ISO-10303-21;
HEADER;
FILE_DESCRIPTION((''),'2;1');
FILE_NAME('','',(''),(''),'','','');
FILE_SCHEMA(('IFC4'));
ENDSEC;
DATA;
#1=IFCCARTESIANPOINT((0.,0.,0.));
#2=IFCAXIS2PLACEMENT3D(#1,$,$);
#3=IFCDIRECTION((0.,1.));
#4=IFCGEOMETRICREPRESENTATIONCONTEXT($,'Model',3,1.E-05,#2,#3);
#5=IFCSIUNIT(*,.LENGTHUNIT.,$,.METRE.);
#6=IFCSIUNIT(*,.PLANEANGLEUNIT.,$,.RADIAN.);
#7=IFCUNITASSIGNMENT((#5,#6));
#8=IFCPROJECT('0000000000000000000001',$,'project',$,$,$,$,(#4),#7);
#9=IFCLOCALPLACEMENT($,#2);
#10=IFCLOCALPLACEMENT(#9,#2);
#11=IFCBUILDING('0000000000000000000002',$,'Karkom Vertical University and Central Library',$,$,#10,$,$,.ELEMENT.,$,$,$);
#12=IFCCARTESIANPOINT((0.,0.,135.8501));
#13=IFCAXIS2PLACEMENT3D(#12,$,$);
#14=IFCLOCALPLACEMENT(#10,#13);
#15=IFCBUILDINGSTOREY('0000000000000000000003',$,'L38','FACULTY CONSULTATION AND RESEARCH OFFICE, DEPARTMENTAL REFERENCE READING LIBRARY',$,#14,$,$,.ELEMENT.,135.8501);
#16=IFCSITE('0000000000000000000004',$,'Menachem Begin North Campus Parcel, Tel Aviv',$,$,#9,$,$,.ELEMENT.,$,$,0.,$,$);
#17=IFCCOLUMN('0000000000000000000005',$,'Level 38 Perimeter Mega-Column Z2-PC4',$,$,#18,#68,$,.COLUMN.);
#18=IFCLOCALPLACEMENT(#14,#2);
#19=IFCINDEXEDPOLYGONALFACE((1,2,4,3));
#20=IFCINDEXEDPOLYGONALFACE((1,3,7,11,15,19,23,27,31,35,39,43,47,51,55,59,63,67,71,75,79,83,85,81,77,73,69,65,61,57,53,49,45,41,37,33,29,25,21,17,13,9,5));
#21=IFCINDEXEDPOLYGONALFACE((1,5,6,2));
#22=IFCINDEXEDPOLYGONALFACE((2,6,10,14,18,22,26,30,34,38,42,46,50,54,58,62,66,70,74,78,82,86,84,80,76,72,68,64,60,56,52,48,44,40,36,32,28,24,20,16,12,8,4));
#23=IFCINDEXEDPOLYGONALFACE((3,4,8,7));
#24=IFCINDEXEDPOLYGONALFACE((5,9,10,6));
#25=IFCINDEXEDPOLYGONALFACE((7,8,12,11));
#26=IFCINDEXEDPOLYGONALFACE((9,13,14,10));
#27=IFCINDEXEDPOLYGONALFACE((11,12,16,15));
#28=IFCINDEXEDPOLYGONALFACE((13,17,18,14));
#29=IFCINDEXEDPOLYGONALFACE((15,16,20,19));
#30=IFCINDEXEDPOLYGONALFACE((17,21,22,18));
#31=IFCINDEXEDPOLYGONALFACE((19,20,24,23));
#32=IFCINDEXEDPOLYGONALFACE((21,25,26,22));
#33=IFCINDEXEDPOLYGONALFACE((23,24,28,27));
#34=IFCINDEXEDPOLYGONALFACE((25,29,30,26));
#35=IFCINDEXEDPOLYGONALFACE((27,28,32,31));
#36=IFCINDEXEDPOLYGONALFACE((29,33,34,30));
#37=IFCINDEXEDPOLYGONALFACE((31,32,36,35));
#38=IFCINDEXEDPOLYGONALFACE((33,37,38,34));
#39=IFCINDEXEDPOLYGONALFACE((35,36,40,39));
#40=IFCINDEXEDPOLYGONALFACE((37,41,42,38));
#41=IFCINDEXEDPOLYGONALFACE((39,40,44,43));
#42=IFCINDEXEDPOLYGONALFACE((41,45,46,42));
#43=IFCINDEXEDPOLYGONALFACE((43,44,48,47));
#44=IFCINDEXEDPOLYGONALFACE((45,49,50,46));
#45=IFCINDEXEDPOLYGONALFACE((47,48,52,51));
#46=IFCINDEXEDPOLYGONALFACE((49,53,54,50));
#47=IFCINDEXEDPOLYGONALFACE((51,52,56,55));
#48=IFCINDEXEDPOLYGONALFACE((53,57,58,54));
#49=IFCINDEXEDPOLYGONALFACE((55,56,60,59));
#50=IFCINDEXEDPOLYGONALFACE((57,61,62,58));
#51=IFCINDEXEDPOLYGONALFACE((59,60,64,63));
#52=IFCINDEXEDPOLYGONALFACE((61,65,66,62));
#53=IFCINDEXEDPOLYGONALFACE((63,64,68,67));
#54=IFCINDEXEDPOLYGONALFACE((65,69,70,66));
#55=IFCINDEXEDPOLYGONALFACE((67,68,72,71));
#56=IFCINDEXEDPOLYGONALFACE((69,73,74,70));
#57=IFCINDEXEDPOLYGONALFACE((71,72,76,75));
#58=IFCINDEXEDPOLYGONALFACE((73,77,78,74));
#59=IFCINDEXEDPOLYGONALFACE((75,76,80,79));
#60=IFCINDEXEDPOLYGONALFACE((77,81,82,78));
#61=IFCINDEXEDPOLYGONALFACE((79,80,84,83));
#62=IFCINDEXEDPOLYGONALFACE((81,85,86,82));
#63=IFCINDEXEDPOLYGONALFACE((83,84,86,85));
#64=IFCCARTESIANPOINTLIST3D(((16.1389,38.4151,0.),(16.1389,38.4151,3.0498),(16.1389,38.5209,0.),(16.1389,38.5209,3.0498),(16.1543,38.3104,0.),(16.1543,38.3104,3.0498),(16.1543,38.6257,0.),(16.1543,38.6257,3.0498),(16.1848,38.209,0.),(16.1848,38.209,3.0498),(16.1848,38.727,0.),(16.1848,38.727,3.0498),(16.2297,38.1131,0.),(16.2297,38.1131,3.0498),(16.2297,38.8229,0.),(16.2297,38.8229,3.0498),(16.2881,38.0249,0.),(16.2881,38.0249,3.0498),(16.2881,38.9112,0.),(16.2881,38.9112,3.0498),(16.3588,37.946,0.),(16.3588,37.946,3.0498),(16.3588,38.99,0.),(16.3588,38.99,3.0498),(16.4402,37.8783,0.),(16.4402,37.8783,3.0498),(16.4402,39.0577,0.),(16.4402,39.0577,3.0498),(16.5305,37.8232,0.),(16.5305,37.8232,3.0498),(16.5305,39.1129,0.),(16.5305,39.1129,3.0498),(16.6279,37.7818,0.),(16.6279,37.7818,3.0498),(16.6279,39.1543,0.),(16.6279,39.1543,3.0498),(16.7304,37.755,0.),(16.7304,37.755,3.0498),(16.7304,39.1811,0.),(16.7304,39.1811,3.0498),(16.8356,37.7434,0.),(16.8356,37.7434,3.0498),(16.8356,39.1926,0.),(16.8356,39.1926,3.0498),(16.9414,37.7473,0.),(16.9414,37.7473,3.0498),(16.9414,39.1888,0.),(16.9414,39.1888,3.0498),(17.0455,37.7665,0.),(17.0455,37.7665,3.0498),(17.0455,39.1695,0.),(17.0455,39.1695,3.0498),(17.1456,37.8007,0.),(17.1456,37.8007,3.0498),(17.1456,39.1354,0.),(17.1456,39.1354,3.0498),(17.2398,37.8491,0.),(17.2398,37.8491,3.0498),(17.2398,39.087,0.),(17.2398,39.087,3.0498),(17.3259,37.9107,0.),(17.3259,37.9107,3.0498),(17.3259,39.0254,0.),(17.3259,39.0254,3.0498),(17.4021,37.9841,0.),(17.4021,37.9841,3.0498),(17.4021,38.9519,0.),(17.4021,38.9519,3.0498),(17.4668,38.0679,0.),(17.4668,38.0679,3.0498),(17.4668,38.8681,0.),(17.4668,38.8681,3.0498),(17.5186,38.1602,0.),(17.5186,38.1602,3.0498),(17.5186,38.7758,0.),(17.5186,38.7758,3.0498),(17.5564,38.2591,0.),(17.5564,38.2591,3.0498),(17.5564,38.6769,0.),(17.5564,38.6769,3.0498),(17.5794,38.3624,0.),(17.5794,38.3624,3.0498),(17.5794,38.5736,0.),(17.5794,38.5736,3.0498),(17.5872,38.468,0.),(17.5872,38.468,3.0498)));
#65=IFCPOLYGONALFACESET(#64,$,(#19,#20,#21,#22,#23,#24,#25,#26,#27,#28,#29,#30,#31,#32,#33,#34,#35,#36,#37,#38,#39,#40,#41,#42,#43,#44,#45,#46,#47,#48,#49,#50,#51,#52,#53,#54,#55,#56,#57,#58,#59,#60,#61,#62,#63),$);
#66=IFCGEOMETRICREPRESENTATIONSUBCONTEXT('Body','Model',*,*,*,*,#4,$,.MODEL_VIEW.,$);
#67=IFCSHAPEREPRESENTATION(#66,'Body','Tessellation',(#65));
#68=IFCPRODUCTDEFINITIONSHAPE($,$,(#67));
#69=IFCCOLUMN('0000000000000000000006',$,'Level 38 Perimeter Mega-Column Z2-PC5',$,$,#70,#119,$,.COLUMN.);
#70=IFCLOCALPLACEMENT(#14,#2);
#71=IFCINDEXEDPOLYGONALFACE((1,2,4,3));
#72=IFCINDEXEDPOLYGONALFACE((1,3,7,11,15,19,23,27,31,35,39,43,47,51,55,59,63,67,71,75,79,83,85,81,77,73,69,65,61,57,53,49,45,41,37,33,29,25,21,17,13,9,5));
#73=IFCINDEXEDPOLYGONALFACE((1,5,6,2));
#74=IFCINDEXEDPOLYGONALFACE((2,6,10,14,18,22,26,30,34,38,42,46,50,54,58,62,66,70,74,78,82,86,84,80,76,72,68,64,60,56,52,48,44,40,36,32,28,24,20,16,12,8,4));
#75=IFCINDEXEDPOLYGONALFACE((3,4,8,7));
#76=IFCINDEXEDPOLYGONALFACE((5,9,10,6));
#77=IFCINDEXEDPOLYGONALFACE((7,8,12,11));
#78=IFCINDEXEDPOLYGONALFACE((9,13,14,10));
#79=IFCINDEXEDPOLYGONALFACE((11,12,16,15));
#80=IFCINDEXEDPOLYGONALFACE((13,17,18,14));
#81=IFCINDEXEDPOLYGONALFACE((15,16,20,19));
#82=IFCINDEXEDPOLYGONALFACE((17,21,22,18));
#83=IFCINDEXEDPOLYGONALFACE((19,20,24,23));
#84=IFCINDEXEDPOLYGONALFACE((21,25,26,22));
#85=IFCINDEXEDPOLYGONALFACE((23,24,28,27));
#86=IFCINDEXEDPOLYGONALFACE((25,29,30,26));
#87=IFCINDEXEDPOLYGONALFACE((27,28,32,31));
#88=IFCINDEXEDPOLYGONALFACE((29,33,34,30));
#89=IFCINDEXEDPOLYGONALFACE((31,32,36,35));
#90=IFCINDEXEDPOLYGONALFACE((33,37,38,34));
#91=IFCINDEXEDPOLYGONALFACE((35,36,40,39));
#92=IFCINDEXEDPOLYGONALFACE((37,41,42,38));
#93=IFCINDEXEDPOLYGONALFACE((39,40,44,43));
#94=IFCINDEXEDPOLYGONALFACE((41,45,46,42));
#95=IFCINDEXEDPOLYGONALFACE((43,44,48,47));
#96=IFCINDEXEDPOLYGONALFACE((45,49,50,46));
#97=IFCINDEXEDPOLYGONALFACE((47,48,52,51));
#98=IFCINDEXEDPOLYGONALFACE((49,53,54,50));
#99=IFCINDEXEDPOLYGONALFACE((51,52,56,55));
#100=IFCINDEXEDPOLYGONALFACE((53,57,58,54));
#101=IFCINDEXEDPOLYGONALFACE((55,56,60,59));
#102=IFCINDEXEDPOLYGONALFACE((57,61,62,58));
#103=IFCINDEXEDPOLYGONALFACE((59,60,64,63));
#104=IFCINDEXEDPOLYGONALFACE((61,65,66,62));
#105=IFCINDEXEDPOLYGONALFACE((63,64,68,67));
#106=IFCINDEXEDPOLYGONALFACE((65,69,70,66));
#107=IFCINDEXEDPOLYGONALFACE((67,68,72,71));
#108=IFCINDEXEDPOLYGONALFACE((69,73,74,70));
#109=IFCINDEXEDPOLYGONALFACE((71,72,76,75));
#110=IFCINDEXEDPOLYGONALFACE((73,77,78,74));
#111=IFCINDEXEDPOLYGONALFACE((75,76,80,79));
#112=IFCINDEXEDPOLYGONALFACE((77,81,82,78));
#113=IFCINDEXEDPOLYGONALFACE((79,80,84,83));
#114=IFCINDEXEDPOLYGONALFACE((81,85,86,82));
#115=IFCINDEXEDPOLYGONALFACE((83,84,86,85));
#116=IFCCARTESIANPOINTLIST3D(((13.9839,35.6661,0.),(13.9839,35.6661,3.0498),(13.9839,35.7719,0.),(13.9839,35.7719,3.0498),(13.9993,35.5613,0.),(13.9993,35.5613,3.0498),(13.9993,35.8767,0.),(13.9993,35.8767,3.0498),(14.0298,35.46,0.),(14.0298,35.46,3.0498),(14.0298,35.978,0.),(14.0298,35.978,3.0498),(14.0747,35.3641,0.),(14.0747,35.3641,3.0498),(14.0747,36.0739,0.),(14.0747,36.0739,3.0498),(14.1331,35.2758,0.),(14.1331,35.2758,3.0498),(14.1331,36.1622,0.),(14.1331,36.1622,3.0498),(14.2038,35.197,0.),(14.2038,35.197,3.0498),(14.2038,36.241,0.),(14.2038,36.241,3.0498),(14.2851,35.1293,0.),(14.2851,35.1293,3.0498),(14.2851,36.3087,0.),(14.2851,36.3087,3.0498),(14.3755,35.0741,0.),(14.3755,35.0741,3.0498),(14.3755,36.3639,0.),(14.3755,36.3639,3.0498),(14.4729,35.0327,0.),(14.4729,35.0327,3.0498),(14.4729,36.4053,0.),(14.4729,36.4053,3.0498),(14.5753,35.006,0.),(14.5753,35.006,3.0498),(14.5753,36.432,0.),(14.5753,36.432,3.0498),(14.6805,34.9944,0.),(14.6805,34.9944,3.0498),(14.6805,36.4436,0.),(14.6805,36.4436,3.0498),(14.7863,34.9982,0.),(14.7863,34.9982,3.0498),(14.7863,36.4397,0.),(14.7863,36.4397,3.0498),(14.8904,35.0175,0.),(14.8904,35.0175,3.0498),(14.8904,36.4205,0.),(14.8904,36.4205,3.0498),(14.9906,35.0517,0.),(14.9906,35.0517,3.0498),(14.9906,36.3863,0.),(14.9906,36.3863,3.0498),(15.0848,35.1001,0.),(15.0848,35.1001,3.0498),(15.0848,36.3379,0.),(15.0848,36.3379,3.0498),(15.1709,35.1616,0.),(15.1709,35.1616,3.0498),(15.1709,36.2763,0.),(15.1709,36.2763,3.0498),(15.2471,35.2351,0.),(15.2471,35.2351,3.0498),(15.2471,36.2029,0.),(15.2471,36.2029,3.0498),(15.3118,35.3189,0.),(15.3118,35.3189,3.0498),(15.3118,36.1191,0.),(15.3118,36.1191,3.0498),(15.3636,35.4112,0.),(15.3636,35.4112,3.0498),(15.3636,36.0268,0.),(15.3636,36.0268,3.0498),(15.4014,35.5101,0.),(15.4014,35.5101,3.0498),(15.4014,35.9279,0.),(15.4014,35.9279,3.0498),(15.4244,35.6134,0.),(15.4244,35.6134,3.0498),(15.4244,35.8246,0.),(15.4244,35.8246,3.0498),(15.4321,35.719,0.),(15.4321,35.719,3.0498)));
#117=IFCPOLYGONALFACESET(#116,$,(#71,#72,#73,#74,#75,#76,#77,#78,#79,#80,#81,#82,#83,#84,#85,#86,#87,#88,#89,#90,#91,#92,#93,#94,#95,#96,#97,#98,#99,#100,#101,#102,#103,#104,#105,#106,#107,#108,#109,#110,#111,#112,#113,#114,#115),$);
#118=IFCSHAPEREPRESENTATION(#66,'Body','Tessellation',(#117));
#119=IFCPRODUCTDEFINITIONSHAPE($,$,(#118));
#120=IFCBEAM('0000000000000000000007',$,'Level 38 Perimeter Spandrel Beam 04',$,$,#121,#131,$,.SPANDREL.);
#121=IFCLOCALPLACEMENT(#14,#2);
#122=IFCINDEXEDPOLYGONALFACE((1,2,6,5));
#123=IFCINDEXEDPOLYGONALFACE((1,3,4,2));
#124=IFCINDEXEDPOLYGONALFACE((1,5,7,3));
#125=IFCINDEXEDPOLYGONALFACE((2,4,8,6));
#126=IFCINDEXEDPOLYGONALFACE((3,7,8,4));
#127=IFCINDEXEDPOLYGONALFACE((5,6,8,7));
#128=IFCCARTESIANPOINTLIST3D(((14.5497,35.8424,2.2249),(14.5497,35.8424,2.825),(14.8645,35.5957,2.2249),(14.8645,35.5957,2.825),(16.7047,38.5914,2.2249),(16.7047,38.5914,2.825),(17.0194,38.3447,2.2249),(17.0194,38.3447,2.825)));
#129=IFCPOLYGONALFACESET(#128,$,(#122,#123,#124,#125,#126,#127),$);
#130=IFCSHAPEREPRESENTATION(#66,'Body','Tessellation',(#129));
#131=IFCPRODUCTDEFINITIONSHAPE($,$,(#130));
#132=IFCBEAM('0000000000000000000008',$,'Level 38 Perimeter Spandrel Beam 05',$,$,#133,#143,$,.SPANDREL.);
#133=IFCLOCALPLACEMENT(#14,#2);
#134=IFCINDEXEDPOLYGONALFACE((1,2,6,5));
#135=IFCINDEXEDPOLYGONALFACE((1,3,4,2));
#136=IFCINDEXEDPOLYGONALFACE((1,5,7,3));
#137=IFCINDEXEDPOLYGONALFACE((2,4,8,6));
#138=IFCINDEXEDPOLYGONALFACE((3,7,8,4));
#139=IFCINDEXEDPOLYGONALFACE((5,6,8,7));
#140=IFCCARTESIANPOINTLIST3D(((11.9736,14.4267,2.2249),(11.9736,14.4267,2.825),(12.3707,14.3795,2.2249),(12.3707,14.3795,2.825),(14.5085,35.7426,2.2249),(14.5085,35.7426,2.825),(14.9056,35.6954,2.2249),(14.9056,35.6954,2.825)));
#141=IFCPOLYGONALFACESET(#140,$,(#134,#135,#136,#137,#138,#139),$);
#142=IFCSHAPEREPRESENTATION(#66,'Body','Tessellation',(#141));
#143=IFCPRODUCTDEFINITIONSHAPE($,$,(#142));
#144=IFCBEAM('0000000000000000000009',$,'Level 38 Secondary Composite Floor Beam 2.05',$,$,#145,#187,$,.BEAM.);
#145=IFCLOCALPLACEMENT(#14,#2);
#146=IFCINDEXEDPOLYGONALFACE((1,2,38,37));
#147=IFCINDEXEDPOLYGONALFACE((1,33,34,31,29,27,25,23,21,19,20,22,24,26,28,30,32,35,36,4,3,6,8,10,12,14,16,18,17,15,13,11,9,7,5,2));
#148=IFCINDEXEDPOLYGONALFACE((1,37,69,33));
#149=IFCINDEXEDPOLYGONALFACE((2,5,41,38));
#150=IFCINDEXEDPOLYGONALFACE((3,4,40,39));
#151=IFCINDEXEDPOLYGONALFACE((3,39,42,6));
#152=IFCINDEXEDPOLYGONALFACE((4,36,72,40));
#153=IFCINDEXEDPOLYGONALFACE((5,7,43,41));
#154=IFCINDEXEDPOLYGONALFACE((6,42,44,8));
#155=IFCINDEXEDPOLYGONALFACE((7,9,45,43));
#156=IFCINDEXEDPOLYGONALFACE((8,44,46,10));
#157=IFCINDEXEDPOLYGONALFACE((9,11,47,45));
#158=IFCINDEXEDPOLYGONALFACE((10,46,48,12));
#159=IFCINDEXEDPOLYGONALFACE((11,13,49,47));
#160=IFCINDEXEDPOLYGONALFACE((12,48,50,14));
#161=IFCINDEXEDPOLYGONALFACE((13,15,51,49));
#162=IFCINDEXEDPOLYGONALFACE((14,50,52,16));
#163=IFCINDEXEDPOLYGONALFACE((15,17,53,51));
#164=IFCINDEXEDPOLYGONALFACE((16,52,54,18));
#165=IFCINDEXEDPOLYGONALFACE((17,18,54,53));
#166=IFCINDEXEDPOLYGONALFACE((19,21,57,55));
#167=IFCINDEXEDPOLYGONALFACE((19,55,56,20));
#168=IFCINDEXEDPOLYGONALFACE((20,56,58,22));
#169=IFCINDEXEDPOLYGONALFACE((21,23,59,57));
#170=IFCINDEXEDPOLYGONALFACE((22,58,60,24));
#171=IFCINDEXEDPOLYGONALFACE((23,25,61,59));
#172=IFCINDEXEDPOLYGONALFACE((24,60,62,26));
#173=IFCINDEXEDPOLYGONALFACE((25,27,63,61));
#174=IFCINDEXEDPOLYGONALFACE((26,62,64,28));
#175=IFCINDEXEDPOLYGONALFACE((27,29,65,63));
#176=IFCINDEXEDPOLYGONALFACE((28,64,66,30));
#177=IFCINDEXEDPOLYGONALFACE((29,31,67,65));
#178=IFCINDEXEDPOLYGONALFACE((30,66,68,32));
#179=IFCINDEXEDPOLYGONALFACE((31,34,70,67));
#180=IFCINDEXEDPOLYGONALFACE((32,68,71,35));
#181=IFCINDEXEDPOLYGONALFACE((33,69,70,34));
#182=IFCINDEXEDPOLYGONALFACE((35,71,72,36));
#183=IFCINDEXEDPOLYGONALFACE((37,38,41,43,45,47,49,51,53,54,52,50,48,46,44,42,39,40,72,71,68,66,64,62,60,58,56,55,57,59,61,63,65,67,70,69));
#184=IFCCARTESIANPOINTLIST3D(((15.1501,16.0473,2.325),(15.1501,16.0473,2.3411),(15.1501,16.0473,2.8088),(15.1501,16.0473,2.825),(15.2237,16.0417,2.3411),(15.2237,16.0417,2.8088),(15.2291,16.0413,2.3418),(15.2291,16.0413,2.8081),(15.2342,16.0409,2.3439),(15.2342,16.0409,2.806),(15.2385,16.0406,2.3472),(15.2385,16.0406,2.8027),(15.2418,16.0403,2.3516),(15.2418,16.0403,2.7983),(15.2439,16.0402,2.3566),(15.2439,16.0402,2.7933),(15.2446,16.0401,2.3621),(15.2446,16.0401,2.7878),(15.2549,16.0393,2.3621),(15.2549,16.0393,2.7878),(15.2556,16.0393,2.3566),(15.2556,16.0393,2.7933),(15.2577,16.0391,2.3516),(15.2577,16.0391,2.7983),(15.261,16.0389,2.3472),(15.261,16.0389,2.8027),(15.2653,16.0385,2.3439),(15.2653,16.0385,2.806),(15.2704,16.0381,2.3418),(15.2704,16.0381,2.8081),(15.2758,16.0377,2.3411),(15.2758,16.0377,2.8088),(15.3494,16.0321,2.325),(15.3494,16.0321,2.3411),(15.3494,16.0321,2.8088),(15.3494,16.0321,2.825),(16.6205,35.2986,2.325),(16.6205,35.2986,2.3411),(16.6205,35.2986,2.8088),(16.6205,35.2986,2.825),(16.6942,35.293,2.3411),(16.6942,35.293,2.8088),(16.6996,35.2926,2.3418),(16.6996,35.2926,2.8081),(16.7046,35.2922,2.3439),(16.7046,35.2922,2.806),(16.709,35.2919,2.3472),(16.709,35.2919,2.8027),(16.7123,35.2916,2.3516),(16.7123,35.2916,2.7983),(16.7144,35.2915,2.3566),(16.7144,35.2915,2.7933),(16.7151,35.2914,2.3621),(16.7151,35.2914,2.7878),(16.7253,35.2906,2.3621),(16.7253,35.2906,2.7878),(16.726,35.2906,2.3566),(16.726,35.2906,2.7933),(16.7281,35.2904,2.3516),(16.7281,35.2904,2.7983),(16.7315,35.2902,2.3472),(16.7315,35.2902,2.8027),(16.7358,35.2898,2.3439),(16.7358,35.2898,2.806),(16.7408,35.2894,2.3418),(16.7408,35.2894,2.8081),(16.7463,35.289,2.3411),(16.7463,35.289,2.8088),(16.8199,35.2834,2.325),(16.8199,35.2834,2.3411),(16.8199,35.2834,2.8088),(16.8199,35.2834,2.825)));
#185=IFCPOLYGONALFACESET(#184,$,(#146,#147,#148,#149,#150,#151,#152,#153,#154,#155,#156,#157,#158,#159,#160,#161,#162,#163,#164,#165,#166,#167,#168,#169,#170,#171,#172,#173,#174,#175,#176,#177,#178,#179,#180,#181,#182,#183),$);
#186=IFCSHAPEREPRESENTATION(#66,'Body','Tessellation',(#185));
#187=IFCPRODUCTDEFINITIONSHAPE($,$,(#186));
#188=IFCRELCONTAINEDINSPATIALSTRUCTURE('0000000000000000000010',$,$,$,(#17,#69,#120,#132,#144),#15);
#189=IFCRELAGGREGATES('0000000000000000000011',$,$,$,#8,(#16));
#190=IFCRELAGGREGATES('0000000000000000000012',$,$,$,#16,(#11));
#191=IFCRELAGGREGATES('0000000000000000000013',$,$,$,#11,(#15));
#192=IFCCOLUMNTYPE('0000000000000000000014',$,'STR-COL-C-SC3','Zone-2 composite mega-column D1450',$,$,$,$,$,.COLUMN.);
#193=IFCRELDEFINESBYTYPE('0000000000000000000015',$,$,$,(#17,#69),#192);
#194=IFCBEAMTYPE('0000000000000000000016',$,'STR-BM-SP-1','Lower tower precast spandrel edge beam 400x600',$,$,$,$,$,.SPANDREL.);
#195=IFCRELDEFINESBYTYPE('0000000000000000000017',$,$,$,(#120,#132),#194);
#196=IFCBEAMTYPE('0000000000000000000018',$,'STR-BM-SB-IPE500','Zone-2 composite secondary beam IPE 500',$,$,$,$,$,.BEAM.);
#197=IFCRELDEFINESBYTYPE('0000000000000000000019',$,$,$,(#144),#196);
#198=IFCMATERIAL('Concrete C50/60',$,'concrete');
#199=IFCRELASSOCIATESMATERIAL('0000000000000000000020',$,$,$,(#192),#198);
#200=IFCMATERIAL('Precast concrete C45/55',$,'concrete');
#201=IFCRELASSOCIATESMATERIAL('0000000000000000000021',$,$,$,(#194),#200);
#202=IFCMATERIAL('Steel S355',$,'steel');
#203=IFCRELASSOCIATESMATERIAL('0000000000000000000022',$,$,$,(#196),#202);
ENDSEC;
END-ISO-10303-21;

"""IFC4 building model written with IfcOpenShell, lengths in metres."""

from ifc_helpers import new_model, si_unit, direction, frame, origin, origin_with_axes, origin_2d, place, context, subcontext, project, spatial, rectangle, circle, i_section, extrude, source, transform, mapped, material, material_profile, profile_set, type_object, element, save


model = new_model("IFC4")

# Units and contexts
model_context = context("Model", 3, precision=1e-05, world=origin(), true_north=direction((0.0, 1.0)))
body_context = subcontext(model_context, "Body", "Model", "MODEL_VIEW")
ifc_project = project(units=[si_unit("LENGTHUNIT", "METRE"), si_unit("PLANEANGLEUNIT", "RADIAN")], contexts=[model_context])

# Site, building, storey
site_placement = place(None, origin())
site = spatial("IfcSite", under=ifc_project, at=site_placement, Name="Menachem Begin North Campus Parcel, Tel Aviv", CompositionType="ELEMENT", RefElevation=0.0)
building_placement = place(site_placement, origin())
building = spatial("IfcBuilding", under=site, at=building_placement, Name="Karkom Vertical University and Central Library", CompositionType="ELEMENT")
storey_placement = place(building_placement, frame((0.0, 0.0, 135.8501)))
storey = spatial("IfcBuildingStorey", under=building, at=storey_placement, Name="L38", Description="FACULTY CONSULTATION AND RESEARCH OFFICE, DEPARTMENTAL REFERENCE READING LIBRARY", CompositionType="ELEMENT", Elevation=135.8501)

# Columns
ifc_material_1 = material(Name="Concrete C50/60", Category="concrete")
ifc_material_profile_1 = material_profile(ifc_material_1, circle(Radius=0.7251, at=origin_2d()), Name="CFT-D1450")
ifc_profile_set_1 = profile_set([ifc_material_profile_1], Name="Concrete C50/60")
column_type = type_object("IfcColumnType", Name="STR-COL-C-SC3", Description="Zone-2 composite mega-column D1450", PredefinedType="COLUMN", material=ifc_profile_set_1)
shared_shape_1 = source(origin_with_axes(), body_context, "Body", "SweptSolid", [
    extrude(circle(Radius=0.7251, at=origin_2d()), origin(), (0.0, 0.0, 1.0), 3.0498),
])
for number, where, z_axis, x_axis, name in (
    (1, (16.8621, 38.468, 0.0), (0.0, 0.0, 1.0), (1.0, 0.0, 0.0), "Level 38 Perimeter Mega-Column Z2-PC4"),
    (2, (14.707, 35.719, 0.0), (0.0, 0.0, 1.0), (1.0, 0.0, 0.0), "Level 38 Perimeter Mega-Column Z2-PC5"),
):
    element("IfcColumn", number, at=place(storey_placement, frame(where, z_axis=z_axis, x_axis=x_axis)), inside=storey, type_object=column_type, Name=name, PredefinedType="COLUMN", context=body_context, shape_type="MappedRepresentation", body=[
        mapped(shared_shape_1, transform((0.0, 0.0, 0.0), scale=1.0)),
    ])

# Beams
ifc_material_2 = material(Name="Precast concrete C45/55", Category="concrete")
ifc_material_profile_2 = material_profile(ifc_material_2, rectangle(XDim=0.3999, YDim=0.6001, at=origin_2d()), Name="SPB-400x600")
ifc_profile_set_2 = profile_set([ifc_material_profile_2], Name="Precast concrete C45/55")
beam_type_1 = type_object("IfcBeamType", Name="STR-BM-SP-1", Description="Lower tower precast spandrel edge beam 400x600", PredefinedType="SPANDREL", material=ifc_profile_set_2)
shared_shape_2 = source(origin_with_axes(), body_context, "Body", "SweptSolid", [
    extrude(rectangle(XDim=0.3999, YDim=0.6001, at=origin_2d()), origin(), (0.0, 0.0, 1.0), 3.4929),
])
beam_1_placement = place(storey_placement, frame((16.8621, 38.468, 2.5249), z_axis=(-0.616951, -0.787002, 0.0), x_axis=(0.787002, -0.616951, 0.0)))
element("IfcBeam", 3, at=beam_1_placement, inside=storey, type_object=beam_type_1, Name="Level 38 Perimeter Spandrel Beam 04", PredefinedType="SPANDREL", context=body_context, shape_type="MappedRepresentation", body=[
    mapped(shared_shape_2, transform((0.0, 0.0, 0.0), scale=1.0)),
])
shared_shape_3 = source(origin_with_axes(), body_context, "Body", "SweptSolid", [
    extrude(rectangle(XDim=0.3999, YDim=0.6001, at=origin_2d()), origin(), (0.0, 0.0, 1.0), 21.4661),
])
beam_2_placement = place(storey_placement, frame((14.707, 35.719, 2.5249), z_axis=(-0.118089, -0.993003, 0.0), x_axis=(0.993003, -0.118089, 0.0)))
element("IfcBeam", 4, at=beam_2_placement, inside=storey, type_object=beam_type_1, Name="Level 38 Perimeter Spandrel Beam 05", PredefinedType="SPANDREL", context=body_context, shape_type="MappedRepresentation", body=[
    mapped(shared_shape_3, transform((0.0, 0.0, 0.0), scale=1.0)),
])
ifc_material_3 = material(Name="Steel S355", Category="steel")
ifc_material_profile_3 = material_profile(ifc_material_3, i_section(OverallWidth=0.2, OverallDepth=0.5, WebThickness=0.0103, FlangeThickness=0.0161, FilletRadius=0.021, at=origin_2d()), Name="IPE 500")
ifc_profile_set_3 = profile_set([ifc_material_profile_3], Name="Steel S355")
beam_type_2 = type_object("IfcBeamType", Name="STR-BM-SB-IPE500", Description="Zone-2 composite secondary beam IPE 500", PredefinedType="BEAM", material=ifc_profile_set_3)
shared_shape_4 = source(origin_with_axes(), body_context, "Body", "SweptSolid", [
    extrude(i_section(OverallWidth=0.2, OverallDepth=0.5, WebThickness=0.0103, FlangeThickness=0.0161, FilletRadius=0.021, at=origin_2d()), origin(), (0.0, 0.0, 1.0), 19.3074),
])
beam_3_placement = place(storey_placement, frame((16.7202, 35.291, 2.575), z_axis=(-0.076161, -0.997096, 0.0), x_axis=(0.997096, -0.076161, 0.0)))
element("IfcBeam", 5, at=beam_3_placement, inside=storey, type_object=beam_type_2, Name="Level 38 Secondary Composite Floor Beam 2.05", PredefinedType="BEAM", context=body_context, shape_type="MappedRepresentation", body=[
    mapped(shared_shape_4, transform((0.0, 0.0, 0.0), scale=1.0)),
])

save(model, "model.ifc")
